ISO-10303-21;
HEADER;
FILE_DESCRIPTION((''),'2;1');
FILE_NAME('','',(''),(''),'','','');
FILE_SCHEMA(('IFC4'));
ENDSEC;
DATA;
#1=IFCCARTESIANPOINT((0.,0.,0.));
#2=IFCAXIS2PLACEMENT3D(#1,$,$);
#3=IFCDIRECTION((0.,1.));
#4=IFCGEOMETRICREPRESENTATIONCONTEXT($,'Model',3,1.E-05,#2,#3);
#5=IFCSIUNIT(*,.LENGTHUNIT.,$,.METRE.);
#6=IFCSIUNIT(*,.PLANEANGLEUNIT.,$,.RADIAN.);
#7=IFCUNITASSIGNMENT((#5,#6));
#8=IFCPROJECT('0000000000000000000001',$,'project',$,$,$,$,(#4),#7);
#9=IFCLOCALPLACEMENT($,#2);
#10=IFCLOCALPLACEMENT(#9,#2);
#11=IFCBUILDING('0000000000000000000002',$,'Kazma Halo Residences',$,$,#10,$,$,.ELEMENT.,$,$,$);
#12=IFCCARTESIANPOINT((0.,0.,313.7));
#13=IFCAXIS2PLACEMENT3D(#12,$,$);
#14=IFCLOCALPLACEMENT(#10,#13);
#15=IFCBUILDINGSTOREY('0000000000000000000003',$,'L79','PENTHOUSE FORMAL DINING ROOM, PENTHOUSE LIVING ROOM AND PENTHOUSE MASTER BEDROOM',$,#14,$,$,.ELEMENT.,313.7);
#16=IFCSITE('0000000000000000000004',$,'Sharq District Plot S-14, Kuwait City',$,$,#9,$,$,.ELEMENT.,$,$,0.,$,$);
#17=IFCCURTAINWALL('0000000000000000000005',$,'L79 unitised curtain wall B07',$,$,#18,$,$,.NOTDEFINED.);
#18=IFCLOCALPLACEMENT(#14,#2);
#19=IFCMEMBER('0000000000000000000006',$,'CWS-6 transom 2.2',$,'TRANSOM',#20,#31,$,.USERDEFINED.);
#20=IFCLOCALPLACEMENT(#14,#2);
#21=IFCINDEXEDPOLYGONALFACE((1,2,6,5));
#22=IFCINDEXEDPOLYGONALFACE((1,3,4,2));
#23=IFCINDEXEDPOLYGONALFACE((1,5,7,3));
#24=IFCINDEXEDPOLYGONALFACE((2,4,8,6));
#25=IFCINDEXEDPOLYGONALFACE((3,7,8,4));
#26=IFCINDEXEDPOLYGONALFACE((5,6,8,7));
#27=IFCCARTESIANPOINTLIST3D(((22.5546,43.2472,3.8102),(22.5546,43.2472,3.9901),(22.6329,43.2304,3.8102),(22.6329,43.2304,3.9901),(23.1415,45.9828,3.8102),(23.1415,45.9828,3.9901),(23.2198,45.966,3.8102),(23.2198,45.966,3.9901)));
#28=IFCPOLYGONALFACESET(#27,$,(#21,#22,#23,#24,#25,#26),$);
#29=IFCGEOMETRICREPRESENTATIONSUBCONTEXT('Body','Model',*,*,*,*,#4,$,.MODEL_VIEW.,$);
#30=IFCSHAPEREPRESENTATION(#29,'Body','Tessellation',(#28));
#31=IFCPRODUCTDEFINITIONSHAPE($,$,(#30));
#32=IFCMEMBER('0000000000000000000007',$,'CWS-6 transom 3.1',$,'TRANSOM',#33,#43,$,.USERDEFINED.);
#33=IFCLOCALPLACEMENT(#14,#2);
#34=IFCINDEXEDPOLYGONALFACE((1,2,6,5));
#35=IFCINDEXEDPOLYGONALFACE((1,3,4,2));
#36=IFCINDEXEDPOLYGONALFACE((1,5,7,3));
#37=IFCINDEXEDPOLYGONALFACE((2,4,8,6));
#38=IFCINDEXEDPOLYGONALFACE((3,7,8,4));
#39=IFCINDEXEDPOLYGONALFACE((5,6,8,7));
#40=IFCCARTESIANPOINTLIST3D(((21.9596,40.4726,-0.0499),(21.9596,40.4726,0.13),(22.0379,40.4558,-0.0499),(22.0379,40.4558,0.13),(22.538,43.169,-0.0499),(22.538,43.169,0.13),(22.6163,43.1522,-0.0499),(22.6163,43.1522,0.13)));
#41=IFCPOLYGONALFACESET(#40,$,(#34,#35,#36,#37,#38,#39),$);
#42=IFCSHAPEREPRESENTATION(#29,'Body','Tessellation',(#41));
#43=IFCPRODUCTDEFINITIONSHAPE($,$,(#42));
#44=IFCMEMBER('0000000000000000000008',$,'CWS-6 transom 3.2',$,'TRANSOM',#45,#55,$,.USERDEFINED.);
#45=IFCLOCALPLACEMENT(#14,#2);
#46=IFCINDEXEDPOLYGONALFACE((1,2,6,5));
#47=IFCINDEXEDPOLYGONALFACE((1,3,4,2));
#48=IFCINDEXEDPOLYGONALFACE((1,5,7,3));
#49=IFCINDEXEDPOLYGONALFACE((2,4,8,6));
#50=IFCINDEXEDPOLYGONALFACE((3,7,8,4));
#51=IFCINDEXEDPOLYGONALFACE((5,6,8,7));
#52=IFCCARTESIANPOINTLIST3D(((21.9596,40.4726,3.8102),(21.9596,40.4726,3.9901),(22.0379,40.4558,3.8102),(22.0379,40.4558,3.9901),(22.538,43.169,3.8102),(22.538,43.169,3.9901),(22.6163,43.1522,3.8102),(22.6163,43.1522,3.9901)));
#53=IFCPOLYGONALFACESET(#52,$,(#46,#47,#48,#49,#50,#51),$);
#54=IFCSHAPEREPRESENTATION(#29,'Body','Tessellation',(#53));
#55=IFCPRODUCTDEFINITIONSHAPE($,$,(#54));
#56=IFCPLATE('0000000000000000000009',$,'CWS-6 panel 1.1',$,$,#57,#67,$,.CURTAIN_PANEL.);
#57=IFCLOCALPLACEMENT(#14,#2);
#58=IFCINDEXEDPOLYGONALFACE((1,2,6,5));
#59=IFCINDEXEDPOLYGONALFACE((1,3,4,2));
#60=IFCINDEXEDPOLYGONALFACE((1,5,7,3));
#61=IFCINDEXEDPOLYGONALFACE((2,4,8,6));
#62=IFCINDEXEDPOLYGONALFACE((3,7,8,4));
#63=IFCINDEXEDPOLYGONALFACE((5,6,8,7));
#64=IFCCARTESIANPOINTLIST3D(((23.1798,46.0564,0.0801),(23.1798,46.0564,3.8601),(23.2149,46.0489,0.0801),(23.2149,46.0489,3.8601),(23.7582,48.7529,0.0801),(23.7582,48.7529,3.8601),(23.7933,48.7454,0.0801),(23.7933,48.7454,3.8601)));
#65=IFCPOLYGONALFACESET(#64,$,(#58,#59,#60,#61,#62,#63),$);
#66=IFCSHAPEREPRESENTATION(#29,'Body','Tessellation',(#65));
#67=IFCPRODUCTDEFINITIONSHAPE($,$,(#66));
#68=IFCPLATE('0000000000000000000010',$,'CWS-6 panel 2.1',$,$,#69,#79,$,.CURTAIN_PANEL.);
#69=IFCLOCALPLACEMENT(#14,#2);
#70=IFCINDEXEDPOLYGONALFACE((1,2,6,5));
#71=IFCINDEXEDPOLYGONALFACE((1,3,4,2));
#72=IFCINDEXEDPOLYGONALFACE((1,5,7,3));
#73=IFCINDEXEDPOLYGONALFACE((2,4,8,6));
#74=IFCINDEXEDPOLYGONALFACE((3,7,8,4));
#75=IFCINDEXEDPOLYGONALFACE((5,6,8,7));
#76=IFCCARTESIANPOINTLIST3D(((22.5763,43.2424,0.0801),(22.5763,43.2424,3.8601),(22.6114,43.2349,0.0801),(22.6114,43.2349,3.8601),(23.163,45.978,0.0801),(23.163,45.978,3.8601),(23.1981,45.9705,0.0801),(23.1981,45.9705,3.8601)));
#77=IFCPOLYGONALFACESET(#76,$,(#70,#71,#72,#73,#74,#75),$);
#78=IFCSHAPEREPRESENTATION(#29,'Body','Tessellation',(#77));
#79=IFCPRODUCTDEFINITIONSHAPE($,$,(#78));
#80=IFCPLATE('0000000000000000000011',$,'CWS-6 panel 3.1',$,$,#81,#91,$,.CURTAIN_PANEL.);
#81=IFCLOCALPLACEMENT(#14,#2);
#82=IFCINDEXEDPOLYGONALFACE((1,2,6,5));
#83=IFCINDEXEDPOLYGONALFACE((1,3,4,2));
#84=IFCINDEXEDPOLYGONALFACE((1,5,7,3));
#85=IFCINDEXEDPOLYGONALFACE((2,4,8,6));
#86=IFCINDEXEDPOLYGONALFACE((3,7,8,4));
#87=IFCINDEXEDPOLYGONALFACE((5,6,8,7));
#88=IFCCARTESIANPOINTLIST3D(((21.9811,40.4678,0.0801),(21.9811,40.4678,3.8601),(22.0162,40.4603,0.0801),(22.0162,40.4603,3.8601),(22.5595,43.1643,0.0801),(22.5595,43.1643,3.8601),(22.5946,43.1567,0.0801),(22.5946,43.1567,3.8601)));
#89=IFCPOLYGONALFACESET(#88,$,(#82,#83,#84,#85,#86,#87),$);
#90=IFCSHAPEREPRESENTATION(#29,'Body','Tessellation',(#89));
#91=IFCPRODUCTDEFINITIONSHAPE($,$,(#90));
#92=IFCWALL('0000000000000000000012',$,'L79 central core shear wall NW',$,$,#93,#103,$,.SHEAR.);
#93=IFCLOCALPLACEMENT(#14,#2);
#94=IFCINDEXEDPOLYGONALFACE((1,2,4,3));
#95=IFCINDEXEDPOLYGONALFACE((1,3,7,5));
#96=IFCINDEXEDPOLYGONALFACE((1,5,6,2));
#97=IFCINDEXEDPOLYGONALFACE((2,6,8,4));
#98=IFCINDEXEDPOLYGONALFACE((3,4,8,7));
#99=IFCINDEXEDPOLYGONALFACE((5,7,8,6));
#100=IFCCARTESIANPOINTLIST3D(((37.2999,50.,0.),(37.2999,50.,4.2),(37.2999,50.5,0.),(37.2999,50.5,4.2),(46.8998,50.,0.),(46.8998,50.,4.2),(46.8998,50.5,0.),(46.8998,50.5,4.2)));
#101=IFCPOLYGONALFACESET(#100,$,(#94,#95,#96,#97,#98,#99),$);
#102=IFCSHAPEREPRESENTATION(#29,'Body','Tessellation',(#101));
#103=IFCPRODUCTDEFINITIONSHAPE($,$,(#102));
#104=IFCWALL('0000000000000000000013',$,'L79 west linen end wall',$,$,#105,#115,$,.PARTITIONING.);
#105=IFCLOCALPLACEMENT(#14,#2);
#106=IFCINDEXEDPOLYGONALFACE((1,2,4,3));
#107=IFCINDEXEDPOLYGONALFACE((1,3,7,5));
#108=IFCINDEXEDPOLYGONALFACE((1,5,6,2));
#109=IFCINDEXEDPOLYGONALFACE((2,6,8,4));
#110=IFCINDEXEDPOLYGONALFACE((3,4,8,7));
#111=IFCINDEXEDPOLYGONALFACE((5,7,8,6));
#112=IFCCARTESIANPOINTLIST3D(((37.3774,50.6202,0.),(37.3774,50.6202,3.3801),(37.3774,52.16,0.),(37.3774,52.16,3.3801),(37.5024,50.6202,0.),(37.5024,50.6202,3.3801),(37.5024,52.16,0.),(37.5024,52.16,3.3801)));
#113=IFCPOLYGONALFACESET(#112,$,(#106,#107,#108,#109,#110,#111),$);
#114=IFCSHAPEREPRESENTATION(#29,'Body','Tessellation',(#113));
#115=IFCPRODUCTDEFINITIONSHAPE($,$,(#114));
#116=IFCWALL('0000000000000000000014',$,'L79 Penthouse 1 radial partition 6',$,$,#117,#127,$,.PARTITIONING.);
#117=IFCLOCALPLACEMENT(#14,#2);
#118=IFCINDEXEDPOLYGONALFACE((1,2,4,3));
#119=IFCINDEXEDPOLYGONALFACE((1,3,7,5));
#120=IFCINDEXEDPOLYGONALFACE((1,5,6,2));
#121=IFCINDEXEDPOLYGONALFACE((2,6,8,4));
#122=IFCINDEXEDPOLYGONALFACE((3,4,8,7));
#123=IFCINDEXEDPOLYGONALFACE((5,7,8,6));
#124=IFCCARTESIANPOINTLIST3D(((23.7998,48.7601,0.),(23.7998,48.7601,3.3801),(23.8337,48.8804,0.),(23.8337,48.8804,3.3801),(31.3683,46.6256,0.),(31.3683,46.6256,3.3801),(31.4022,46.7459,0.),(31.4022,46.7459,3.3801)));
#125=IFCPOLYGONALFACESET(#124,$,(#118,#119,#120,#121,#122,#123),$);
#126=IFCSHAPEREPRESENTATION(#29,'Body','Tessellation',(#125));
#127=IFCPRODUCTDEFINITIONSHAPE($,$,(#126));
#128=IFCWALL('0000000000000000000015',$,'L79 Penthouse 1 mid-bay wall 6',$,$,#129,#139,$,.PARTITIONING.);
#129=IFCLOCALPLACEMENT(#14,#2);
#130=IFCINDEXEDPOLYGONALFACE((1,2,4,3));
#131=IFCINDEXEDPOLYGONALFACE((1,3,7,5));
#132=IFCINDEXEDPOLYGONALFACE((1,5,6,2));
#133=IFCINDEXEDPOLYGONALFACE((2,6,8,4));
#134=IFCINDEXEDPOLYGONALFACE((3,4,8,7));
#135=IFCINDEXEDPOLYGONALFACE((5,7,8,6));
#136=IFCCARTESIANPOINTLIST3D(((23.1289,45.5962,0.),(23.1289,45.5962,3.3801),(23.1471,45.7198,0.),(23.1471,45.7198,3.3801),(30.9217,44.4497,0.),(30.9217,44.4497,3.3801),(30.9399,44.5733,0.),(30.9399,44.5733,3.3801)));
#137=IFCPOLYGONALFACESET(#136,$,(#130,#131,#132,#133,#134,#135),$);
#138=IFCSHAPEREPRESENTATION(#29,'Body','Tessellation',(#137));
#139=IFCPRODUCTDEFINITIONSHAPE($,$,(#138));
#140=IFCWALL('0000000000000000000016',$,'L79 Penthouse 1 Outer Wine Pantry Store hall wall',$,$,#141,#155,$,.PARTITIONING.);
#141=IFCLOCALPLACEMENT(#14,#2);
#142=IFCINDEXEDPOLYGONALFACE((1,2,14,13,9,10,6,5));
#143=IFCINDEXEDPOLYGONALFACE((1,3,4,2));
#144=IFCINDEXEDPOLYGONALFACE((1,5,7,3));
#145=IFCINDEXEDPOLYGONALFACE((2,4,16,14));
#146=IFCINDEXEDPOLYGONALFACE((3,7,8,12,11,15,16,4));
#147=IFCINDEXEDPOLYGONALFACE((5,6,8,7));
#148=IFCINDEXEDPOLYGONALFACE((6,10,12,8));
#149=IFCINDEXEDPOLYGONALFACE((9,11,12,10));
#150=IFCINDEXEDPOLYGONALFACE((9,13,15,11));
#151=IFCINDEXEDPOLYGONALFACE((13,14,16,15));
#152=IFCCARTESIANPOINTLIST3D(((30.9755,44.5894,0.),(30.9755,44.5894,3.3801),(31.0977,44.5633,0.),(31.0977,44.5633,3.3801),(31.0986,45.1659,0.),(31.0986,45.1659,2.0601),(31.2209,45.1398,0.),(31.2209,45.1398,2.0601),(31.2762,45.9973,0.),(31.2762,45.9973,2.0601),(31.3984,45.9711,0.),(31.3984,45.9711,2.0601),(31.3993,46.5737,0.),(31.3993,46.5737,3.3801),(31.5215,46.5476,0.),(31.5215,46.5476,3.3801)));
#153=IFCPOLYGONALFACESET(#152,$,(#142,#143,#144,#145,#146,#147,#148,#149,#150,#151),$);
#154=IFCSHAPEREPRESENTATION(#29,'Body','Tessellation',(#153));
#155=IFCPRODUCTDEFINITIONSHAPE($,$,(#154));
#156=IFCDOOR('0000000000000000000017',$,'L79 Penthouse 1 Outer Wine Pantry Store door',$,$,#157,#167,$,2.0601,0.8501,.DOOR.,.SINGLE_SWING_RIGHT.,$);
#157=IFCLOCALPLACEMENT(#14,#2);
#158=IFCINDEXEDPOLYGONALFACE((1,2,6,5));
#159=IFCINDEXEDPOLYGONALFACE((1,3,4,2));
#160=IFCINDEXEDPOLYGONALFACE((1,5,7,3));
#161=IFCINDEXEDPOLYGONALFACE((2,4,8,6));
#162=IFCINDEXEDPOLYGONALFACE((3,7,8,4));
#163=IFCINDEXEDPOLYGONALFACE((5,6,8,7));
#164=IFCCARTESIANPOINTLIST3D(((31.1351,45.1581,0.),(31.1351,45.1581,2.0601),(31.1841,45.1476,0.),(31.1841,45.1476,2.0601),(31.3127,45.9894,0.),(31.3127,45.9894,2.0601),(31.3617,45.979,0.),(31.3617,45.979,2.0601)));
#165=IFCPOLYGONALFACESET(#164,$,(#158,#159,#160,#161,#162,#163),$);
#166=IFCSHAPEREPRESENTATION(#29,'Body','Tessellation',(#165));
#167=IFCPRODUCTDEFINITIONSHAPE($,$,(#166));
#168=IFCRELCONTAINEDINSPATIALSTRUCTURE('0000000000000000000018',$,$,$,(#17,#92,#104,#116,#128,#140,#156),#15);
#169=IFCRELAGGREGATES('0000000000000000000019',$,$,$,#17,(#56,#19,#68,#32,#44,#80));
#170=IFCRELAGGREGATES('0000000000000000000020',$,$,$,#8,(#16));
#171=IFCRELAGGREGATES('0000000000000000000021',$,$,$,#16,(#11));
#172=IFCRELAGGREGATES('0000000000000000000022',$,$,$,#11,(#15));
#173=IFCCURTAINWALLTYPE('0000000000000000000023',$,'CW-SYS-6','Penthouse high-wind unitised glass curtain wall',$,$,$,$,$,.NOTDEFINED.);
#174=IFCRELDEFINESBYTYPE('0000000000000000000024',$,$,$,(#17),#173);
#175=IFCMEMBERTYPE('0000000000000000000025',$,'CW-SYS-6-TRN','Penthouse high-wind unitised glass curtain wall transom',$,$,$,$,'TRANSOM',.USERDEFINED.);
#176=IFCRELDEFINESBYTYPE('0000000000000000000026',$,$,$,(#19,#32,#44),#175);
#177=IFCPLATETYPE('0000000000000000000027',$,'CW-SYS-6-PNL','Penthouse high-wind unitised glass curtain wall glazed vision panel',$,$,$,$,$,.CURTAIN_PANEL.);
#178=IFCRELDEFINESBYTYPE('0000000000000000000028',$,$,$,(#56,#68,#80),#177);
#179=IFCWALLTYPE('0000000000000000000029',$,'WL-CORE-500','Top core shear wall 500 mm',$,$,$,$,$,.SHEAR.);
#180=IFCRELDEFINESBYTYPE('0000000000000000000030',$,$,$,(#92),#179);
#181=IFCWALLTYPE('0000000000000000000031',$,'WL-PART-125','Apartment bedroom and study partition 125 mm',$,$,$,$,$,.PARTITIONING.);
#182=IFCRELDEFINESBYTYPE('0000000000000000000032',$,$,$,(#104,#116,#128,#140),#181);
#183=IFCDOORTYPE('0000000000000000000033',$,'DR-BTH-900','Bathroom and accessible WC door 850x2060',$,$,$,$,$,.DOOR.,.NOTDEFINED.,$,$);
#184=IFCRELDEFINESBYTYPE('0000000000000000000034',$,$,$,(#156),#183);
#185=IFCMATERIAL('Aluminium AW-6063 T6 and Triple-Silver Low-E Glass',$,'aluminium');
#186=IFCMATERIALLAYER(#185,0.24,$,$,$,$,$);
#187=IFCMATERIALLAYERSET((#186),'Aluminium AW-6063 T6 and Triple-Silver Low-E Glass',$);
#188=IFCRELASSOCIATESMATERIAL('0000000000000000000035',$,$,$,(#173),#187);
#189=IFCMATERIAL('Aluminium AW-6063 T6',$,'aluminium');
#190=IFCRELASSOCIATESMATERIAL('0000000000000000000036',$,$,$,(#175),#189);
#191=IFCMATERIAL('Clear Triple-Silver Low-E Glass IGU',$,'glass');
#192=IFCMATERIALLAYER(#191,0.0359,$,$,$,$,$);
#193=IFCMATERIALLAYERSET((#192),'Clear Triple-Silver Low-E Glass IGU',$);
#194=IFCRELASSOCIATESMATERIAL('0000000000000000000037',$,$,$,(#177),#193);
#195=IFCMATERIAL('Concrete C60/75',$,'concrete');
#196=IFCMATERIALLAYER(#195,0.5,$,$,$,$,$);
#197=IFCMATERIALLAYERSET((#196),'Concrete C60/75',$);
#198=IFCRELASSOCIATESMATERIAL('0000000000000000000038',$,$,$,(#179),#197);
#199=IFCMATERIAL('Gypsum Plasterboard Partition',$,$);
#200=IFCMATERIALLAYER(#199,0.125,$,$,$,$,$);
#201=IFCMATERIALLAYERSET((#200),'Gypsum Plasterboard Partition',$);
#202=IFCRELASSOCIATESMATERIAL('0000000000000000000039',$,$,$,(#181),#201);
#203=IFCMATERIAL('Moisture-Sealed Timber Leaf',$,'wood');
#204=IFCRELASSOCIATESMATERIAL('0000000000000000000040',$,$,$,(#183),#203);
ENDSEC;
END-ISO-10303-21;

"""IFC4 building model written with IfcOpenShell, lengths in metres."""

from ifc_helpers import new_model, si_unit, direction, frame, frame_2d, origin, origin_2d, place, context, subcontext, project, spatial, rectangle, extrude, material, layer, layer_set, material_profile, profile_set, type_object, element, fill, aggregate, save


model = new_model("IFC4")

# Units and contexts
model_context = context("Model", 3, precision=1e-05, world=origin(), true_north=direction((0.0, 1.0)))
body_context = subcontext(model_context, "Body", "Model", "MODEL_VIEW")
ifc_project = project(units=[si_unit("LENGTHUNIT", "METRE"), si_unit("PLANEANGLEUNIT", "RADIAN")], contexts=[model_context])

# Site, building, storey
site_placement = place(None, origin())
site = spatial("IfcSite", under=ifc_project, at=site_placement, Name="Sharq District Plot S-14, Kuwait City", CompositionType="ELEMENT", RefElevation=0.0)
building_placement = place(site_placement, origin())
building = spatial("IfcBuilding", under=site, at=building_placement, Name="Kazma Halo Residences", CompositionType="ELEMENT")
storey_placement = place(building_placement, frame((0.0, 0.0, 313.7)))
storey = spatial("IfcBuildingStorey", under=building, at=storey_placement, Name="L79", Description="PENTHOUSE FORMAL DINING ROOM, PENTHOUSE LIVING ROOM AND PENTHOUSE MASTER BEDROOM", CompositionType="ELEMENT", Elevation=313.7)

# Shared definitions
ifc_material_1 = material(Name="Concrete C60/75", Category="concrete")

# Shared definitions
ifc_material_2 = material(Name="Aluminium AW-6063 T6 and Triple-Silver Low-E Glass", Category="aluminium")
ifc_layer_1 = layer(ifc_material_2, 0.24)
ifc_layer_set_1 = layer_set([ifc_layer_1], Name="Aluminium AW-6063 T6 and Triple-Silver Low-E Glass")
curtain_wall_type = type_object("IfcCurtainWallType", Name="CW-SYS-6", Description="Penthouse high-wind unitised glass curtain wall", PredefinedType="NOTDEFINED", material=ifc_layer_set_1)
ifc_material_3 = material(Name="Aluminium AW-6063 T6", Category="aluminium")

# Curtain wall, members, plates
curtain_wall_1_placement = place(storey_placement, origin())
curtain_wall_1 = element("IfcCurtainWall", 1, at=curtain_wall_1_placement, inside=storey, type_object=curtain_wall_type, Name="L79 unitised curtain wall B07", PredefinedType="NOTDEFINED")
ifc_material_profile_1 = material_profile(ifc_material_3, rectangle(XDim=0.0801, YDim=0.1799, at=origin_2d()), Name="CWT-80x180")
ifc_profile_set_1 = profile_set([ifc_material_profile_1], Name="Aluminium AW-6063 T6")
member_type_1 = type_object("IfcMemberType", Name="CW-SYS-6-TRN", Description="Penthouse high-wind unitised glass curtain wall transom", ElementType="TRANSOM", PredefinedType="USERDEFINED", material=ifc_profile_set_1)
member_1_placement = place(storey_placement, frame((23.1807, 45.9744, 3.9001), z_axis=(-0.209773, -0.97775, 0.0), x_axis=(0.97775, -0.209773, 0.0)))
member_1 = element("IfcMember", 2, at=member_1_placement, type_object=member_type_1, Name="CWS-6 transom 2.2", ObjectType="TRANSOM", PredefinedType="USERDEFINED", context=body_context, shape_type="SweptSolid", body=[
    extrude(rectangle(XDim=0.0801, YDim=0.1799, at=origin_2d()), origin(), (0.0, 0.0, 1.0), 2.7979),
])
member_2_placement = place(storey_placement, frame((22.5771, 43.1606, 0.04), z_axis=(-0.209716, -0.977762, 0.0), x_axis=(0.977762, -0.209716, 0.0)))
member_2 = element("IfcMember", 3, at=member_2_placement, type_object=member_type_1, Name="CWS-6 transom 3.1", ObjectType="TRANSOM", PredefinedType="USERDEFINED", context=body_context, shape_type="SweptSolid", body=[
    extrude(rectangle(XDim=0.0801, YDim=0.1799, at=origin_2d()), origin(), (0.0, 0.0, 1.0), 2.7578),
])
member_3_placement = place(storey_placement, frame((22.5771, 43.1606, 3.9001), z_axis=(-0.209716, -0.977762, 0.0), x_axis=(0.977762, -0.209716, 0.0)))
member_3 = element("IfcMember", 4, at=member_3_placement, type_object=member_type_1, Name="CWS-6 transom 3.2", ObjectType="TRANSOM", PredefinedType="USERDEFINED", context=body_context, shape_type="SweptSolid", body=[
    extrude(rectangle(XDim=0.0801, YDim=0.1799, at=origin_2d()), origin(), (0.0, 0.0, 1.0), 2.7578),
])
ifc_material_4 = material(Name="Clear Triple-Silver Low-E Glass IGU", Category="glass")
ifc_layer_2 = layer(ifc_material_4, 0.0359)
ifc_layer_set_2 = layer_set([ifc_layer_2], Name="Clear Triple-Silver Low-E Glass IGU")
plate_type = type_object("IfcPlateType", Name="CW-SYS-6-PNL", Description="Penthouse high-wind unitised glass curtain wall glazed vision panel", PredefinedType="CURTAIN_PANEL", material=ifc_layer_set_2)
plate_1_placement = place(storey_placement, frame((23.4866, 47.4009, 0.0801), z_axis=(0.0, 0.0, 1.0), x_axis=(-0.209723, -0.977761, 0.0)))
plate_1 = element("IfcPlate", 5, at=plate_1_placement, type_object=plate_type, Name="CWS-6 panel 1.1", PredefinedType="CURTAIN_PANEL", context=body_context, shape_type="SweptSolid", body=[
    extrude(rectangle(XDim=2.7578, YDim=0.0359, at=origin_2d()), origin(), (0.0, 0.0, 1.0), 3.78),
])
plate_2_placement = place(storey_placement, frame((22.8872, 44.6064, 0.0801), z_axis=(0.0, 0.0, 1.0), x_axis=(-0.209723, -0.977761, 0.0)))
plate_2 = element("IfcPlate", 6, at=plate_2_placement, type_object=plate_type, Name="CWS-6 panel 2.1", PredefinedType="CURTAIN_PANEL", context=body_context, shape_type="SweptSolid", body=[
    extrude(rectangle(XDim=2.7979, YDim=0.0359, at=origin_2d()), origin(), (0.0, 0.0, 1.0), 3.78),
])
plate_3_placement = place(storey_placement, frame((22.2878, 41.8123, 0.0801), z_axis=(0.0, 0.0, 1.0), x_axis=(-0.209723, -0.977761, 0.0)))
plate_3 = element("IfcPlate", 7, at=plate_3_placement, type_object=plate_type, Name="CWS-6 panel 3.1", PredefinedType="CURTAIN_PANEL", context=body_context, shape_type="SweptSolid", body=[
    extrude(rectangle(XDim=2.7578, YDim=0.0359, at=origin_2d()), origin(), (0.0, 0.0, 1.0), 3.78),
])
aggregate(curtain_wall_1, [plate_1, member_1, plate_2, member_2, member_3, plate_3])

# Walls
ifc_layer_3 = layer(ifc_material_1, 0.5)
ifc_layer_set_3 = layer_set([ifc_layer_3], Name="Concrete C60/75")
wall_type_1 = type_object("IfcWallType", Name="WL-CORE-500", Description="Top core shear wall 500 mm", PredefinedType="SHEAR", material=ifc_layer_set_3)
wall_1_placement = place(storey_placement, frame((37.3, 50.25, 0.0), z_axis=(0.0, 0.0, 1.0), x_axis=(1.0, 0.0, 0.0)))
element("IfcWall", 8, at=wall_1_placement, inside=storey, type_object=wall_type_1, Name="L79 central core shear wall NW", PredefinedType="SHEAR", context=body_context, shape_type="SweptSolid", body=[
    extrude(rectangle(XDim=9.5999, YDim=0.5, at=frame_2d((4.7998, 0.0))), origin(), (0.0, 0.0, 1.0), 4.2),
])
ifc_material_5 = material(Name="Gypsum Plasterboard Partition")
ifc_layer_4 = layer(ifc_material_5, 0.125)
ifc_layer_set_4 = layer_set([ifc_layer_4], Name="Gypsum Plasterboard Partition")
wall_type_2 = type_object("IfcWallType", Name="WL-PART-125", Description="Apartment bedroom and study partition 125 mm", PredefinedType="PARTITIONING", material=ifc_layer_set_4)
wall_2_placement = place(storey_placement, frame((37.4399, 50.6201, 0.0), z_axis=(0.0, 0.0, 1.0), x_axis=(0.0, 1.0, 0.0)))
element("IfcWall", 9, at=wall_2_placement, inside=storey, type_object=wall_type_2, Name="L79 west linen end wall", PredefinedType="PARTITIONING", context=body_context, shape_type="SweptSolid", body=[
    extrude(rectangle(XDim=1.5398, YDim=0.125, at=frame_2d((0.77, 0.0))), origin(), (0.0, 0.0, 1.0), 3.3801),
])
wall_3_placement = place(storey_placement, frame((31.3853, 46.6858, 0.0), z_axis=(0.0, 0.0, 1.0), x_axis=(-0.962457, 0.271435, 0.0)))
element("IfcWall", 10, at=wall_3_placement, inside=storey, type_object=wall_type_2, Name="L79 Penthouse 1 radial partition 6", PredefinedType="PARTITIONING", context=body_context, shape_type="SweptSolid", body=[
    extrude(rectangle(XDim=7.8638, YDim=0.125, at=frame_2d((3.9319, 0.0))), origin(), (0.0, 0.0, 1.0), 3.3801),
])
wall_4_placement = place(storey_placement, frame((30.9309, 44.5115, 0.0), z_axis=(0.0, 0.0, 1.0), x_axis=(-0.98935, 0.145556, 0.0)))
element("IfcWall", 11, at=wall_4_placement, inside=storey, type_object=wall_type_2, Name="L79 Penthouse 1 mid-bay wall 6", PredefinedType="PARTITIONING", context=body_context, shape_type="SweptSolid", body=[
    extrude(rectangle(XDim=7.8767, YDim=0.125, at=frame_2d((3.9385, 0.0))), origin(), (0.0, 0.0, 1.0), 3.3801),
])

# Wall, opening, door
wall_5_placement = place(storey_placement, frame((31.4604, 46.5608, 0.0), z_axis=(0.0, 0.0, 1.0), x_axis=(-0.208872, -0.977943, 0.0)))
wall_5 = element("IfcWall", 12, at=wall_5_placement, inside=storey, type_object=wall_type_2, Name="L79 Penthouse 1 Outer Wine Pantry Store hall wall", PredefinedType="PARTITIONING", context=body_context, shape_type="SweptSolid", body=[
    extrude(rectangle(XDim=2.0291, YDim=0.125, at=frame_2d((1.0146, 0.0))), origin(), (0.0, 0.0, 1.0), 3.3801),
])
opening_1_placement = place(wall_5_placement, frame((0.5896, 0.0, 0.0)))
opening_1 = element("IfcOpeningElement", 13, at=opening_1_placement, cuts=wall_5, PredefinedType="OPENING", context=body_context, shape_type="SweptSolid", body=[
    extrude(rectangle(XDim=0.8501, YDim=2.0601, at=frame_2d((0.425, 1.03))), frame((0.0, 0.0725, 0.0), z_axis=(0.0, -1.0, 0.0), x_axis=(1.0, 0.0, 0.0)), (0.0, 0.0, 1.0), 0.145),
])
ifc_material_6 = material(Name="Moisture-Sealed Timber Leaf", Category="wood")
door_type_1 = type_object("IfcDoorType", Name="DR-BTH-900", Description="Bathroom and accessible WC door 850x2060", OperationType="NOTDEFINED", PredefinedType="DOOR", material=ifc_material_6)
door_1_placement = place(opening_1_placement, origin())
door_1 = element("IfcDoor", 14, at=door_1_placement, inside=storey, type_object=door_type_1, Name="L79 Penthouse 1 Outer Wine Pantry Store door", OperationType="SINGLE_SWING_RIGHT", OverallHeight=2.0601, OverallWidth=0.8501, PredefinedType="DOOR", context=body_context, shape_type="SweptSolid", body=[
    extrude(rectangle(XDim=0.8501, YDim=2.0601, at=frame_2d((0.425, 1.03))), frame((0.0, 0.0249, 0.0), z_axis=(0.0, -1.0, 0.0), x_axis=(1.0, 0.0, 0.0)), (0.0, 0.0, 1.0), 0.05),
])
fill(opening_1, door_1)

save(model, "model.ifc")
